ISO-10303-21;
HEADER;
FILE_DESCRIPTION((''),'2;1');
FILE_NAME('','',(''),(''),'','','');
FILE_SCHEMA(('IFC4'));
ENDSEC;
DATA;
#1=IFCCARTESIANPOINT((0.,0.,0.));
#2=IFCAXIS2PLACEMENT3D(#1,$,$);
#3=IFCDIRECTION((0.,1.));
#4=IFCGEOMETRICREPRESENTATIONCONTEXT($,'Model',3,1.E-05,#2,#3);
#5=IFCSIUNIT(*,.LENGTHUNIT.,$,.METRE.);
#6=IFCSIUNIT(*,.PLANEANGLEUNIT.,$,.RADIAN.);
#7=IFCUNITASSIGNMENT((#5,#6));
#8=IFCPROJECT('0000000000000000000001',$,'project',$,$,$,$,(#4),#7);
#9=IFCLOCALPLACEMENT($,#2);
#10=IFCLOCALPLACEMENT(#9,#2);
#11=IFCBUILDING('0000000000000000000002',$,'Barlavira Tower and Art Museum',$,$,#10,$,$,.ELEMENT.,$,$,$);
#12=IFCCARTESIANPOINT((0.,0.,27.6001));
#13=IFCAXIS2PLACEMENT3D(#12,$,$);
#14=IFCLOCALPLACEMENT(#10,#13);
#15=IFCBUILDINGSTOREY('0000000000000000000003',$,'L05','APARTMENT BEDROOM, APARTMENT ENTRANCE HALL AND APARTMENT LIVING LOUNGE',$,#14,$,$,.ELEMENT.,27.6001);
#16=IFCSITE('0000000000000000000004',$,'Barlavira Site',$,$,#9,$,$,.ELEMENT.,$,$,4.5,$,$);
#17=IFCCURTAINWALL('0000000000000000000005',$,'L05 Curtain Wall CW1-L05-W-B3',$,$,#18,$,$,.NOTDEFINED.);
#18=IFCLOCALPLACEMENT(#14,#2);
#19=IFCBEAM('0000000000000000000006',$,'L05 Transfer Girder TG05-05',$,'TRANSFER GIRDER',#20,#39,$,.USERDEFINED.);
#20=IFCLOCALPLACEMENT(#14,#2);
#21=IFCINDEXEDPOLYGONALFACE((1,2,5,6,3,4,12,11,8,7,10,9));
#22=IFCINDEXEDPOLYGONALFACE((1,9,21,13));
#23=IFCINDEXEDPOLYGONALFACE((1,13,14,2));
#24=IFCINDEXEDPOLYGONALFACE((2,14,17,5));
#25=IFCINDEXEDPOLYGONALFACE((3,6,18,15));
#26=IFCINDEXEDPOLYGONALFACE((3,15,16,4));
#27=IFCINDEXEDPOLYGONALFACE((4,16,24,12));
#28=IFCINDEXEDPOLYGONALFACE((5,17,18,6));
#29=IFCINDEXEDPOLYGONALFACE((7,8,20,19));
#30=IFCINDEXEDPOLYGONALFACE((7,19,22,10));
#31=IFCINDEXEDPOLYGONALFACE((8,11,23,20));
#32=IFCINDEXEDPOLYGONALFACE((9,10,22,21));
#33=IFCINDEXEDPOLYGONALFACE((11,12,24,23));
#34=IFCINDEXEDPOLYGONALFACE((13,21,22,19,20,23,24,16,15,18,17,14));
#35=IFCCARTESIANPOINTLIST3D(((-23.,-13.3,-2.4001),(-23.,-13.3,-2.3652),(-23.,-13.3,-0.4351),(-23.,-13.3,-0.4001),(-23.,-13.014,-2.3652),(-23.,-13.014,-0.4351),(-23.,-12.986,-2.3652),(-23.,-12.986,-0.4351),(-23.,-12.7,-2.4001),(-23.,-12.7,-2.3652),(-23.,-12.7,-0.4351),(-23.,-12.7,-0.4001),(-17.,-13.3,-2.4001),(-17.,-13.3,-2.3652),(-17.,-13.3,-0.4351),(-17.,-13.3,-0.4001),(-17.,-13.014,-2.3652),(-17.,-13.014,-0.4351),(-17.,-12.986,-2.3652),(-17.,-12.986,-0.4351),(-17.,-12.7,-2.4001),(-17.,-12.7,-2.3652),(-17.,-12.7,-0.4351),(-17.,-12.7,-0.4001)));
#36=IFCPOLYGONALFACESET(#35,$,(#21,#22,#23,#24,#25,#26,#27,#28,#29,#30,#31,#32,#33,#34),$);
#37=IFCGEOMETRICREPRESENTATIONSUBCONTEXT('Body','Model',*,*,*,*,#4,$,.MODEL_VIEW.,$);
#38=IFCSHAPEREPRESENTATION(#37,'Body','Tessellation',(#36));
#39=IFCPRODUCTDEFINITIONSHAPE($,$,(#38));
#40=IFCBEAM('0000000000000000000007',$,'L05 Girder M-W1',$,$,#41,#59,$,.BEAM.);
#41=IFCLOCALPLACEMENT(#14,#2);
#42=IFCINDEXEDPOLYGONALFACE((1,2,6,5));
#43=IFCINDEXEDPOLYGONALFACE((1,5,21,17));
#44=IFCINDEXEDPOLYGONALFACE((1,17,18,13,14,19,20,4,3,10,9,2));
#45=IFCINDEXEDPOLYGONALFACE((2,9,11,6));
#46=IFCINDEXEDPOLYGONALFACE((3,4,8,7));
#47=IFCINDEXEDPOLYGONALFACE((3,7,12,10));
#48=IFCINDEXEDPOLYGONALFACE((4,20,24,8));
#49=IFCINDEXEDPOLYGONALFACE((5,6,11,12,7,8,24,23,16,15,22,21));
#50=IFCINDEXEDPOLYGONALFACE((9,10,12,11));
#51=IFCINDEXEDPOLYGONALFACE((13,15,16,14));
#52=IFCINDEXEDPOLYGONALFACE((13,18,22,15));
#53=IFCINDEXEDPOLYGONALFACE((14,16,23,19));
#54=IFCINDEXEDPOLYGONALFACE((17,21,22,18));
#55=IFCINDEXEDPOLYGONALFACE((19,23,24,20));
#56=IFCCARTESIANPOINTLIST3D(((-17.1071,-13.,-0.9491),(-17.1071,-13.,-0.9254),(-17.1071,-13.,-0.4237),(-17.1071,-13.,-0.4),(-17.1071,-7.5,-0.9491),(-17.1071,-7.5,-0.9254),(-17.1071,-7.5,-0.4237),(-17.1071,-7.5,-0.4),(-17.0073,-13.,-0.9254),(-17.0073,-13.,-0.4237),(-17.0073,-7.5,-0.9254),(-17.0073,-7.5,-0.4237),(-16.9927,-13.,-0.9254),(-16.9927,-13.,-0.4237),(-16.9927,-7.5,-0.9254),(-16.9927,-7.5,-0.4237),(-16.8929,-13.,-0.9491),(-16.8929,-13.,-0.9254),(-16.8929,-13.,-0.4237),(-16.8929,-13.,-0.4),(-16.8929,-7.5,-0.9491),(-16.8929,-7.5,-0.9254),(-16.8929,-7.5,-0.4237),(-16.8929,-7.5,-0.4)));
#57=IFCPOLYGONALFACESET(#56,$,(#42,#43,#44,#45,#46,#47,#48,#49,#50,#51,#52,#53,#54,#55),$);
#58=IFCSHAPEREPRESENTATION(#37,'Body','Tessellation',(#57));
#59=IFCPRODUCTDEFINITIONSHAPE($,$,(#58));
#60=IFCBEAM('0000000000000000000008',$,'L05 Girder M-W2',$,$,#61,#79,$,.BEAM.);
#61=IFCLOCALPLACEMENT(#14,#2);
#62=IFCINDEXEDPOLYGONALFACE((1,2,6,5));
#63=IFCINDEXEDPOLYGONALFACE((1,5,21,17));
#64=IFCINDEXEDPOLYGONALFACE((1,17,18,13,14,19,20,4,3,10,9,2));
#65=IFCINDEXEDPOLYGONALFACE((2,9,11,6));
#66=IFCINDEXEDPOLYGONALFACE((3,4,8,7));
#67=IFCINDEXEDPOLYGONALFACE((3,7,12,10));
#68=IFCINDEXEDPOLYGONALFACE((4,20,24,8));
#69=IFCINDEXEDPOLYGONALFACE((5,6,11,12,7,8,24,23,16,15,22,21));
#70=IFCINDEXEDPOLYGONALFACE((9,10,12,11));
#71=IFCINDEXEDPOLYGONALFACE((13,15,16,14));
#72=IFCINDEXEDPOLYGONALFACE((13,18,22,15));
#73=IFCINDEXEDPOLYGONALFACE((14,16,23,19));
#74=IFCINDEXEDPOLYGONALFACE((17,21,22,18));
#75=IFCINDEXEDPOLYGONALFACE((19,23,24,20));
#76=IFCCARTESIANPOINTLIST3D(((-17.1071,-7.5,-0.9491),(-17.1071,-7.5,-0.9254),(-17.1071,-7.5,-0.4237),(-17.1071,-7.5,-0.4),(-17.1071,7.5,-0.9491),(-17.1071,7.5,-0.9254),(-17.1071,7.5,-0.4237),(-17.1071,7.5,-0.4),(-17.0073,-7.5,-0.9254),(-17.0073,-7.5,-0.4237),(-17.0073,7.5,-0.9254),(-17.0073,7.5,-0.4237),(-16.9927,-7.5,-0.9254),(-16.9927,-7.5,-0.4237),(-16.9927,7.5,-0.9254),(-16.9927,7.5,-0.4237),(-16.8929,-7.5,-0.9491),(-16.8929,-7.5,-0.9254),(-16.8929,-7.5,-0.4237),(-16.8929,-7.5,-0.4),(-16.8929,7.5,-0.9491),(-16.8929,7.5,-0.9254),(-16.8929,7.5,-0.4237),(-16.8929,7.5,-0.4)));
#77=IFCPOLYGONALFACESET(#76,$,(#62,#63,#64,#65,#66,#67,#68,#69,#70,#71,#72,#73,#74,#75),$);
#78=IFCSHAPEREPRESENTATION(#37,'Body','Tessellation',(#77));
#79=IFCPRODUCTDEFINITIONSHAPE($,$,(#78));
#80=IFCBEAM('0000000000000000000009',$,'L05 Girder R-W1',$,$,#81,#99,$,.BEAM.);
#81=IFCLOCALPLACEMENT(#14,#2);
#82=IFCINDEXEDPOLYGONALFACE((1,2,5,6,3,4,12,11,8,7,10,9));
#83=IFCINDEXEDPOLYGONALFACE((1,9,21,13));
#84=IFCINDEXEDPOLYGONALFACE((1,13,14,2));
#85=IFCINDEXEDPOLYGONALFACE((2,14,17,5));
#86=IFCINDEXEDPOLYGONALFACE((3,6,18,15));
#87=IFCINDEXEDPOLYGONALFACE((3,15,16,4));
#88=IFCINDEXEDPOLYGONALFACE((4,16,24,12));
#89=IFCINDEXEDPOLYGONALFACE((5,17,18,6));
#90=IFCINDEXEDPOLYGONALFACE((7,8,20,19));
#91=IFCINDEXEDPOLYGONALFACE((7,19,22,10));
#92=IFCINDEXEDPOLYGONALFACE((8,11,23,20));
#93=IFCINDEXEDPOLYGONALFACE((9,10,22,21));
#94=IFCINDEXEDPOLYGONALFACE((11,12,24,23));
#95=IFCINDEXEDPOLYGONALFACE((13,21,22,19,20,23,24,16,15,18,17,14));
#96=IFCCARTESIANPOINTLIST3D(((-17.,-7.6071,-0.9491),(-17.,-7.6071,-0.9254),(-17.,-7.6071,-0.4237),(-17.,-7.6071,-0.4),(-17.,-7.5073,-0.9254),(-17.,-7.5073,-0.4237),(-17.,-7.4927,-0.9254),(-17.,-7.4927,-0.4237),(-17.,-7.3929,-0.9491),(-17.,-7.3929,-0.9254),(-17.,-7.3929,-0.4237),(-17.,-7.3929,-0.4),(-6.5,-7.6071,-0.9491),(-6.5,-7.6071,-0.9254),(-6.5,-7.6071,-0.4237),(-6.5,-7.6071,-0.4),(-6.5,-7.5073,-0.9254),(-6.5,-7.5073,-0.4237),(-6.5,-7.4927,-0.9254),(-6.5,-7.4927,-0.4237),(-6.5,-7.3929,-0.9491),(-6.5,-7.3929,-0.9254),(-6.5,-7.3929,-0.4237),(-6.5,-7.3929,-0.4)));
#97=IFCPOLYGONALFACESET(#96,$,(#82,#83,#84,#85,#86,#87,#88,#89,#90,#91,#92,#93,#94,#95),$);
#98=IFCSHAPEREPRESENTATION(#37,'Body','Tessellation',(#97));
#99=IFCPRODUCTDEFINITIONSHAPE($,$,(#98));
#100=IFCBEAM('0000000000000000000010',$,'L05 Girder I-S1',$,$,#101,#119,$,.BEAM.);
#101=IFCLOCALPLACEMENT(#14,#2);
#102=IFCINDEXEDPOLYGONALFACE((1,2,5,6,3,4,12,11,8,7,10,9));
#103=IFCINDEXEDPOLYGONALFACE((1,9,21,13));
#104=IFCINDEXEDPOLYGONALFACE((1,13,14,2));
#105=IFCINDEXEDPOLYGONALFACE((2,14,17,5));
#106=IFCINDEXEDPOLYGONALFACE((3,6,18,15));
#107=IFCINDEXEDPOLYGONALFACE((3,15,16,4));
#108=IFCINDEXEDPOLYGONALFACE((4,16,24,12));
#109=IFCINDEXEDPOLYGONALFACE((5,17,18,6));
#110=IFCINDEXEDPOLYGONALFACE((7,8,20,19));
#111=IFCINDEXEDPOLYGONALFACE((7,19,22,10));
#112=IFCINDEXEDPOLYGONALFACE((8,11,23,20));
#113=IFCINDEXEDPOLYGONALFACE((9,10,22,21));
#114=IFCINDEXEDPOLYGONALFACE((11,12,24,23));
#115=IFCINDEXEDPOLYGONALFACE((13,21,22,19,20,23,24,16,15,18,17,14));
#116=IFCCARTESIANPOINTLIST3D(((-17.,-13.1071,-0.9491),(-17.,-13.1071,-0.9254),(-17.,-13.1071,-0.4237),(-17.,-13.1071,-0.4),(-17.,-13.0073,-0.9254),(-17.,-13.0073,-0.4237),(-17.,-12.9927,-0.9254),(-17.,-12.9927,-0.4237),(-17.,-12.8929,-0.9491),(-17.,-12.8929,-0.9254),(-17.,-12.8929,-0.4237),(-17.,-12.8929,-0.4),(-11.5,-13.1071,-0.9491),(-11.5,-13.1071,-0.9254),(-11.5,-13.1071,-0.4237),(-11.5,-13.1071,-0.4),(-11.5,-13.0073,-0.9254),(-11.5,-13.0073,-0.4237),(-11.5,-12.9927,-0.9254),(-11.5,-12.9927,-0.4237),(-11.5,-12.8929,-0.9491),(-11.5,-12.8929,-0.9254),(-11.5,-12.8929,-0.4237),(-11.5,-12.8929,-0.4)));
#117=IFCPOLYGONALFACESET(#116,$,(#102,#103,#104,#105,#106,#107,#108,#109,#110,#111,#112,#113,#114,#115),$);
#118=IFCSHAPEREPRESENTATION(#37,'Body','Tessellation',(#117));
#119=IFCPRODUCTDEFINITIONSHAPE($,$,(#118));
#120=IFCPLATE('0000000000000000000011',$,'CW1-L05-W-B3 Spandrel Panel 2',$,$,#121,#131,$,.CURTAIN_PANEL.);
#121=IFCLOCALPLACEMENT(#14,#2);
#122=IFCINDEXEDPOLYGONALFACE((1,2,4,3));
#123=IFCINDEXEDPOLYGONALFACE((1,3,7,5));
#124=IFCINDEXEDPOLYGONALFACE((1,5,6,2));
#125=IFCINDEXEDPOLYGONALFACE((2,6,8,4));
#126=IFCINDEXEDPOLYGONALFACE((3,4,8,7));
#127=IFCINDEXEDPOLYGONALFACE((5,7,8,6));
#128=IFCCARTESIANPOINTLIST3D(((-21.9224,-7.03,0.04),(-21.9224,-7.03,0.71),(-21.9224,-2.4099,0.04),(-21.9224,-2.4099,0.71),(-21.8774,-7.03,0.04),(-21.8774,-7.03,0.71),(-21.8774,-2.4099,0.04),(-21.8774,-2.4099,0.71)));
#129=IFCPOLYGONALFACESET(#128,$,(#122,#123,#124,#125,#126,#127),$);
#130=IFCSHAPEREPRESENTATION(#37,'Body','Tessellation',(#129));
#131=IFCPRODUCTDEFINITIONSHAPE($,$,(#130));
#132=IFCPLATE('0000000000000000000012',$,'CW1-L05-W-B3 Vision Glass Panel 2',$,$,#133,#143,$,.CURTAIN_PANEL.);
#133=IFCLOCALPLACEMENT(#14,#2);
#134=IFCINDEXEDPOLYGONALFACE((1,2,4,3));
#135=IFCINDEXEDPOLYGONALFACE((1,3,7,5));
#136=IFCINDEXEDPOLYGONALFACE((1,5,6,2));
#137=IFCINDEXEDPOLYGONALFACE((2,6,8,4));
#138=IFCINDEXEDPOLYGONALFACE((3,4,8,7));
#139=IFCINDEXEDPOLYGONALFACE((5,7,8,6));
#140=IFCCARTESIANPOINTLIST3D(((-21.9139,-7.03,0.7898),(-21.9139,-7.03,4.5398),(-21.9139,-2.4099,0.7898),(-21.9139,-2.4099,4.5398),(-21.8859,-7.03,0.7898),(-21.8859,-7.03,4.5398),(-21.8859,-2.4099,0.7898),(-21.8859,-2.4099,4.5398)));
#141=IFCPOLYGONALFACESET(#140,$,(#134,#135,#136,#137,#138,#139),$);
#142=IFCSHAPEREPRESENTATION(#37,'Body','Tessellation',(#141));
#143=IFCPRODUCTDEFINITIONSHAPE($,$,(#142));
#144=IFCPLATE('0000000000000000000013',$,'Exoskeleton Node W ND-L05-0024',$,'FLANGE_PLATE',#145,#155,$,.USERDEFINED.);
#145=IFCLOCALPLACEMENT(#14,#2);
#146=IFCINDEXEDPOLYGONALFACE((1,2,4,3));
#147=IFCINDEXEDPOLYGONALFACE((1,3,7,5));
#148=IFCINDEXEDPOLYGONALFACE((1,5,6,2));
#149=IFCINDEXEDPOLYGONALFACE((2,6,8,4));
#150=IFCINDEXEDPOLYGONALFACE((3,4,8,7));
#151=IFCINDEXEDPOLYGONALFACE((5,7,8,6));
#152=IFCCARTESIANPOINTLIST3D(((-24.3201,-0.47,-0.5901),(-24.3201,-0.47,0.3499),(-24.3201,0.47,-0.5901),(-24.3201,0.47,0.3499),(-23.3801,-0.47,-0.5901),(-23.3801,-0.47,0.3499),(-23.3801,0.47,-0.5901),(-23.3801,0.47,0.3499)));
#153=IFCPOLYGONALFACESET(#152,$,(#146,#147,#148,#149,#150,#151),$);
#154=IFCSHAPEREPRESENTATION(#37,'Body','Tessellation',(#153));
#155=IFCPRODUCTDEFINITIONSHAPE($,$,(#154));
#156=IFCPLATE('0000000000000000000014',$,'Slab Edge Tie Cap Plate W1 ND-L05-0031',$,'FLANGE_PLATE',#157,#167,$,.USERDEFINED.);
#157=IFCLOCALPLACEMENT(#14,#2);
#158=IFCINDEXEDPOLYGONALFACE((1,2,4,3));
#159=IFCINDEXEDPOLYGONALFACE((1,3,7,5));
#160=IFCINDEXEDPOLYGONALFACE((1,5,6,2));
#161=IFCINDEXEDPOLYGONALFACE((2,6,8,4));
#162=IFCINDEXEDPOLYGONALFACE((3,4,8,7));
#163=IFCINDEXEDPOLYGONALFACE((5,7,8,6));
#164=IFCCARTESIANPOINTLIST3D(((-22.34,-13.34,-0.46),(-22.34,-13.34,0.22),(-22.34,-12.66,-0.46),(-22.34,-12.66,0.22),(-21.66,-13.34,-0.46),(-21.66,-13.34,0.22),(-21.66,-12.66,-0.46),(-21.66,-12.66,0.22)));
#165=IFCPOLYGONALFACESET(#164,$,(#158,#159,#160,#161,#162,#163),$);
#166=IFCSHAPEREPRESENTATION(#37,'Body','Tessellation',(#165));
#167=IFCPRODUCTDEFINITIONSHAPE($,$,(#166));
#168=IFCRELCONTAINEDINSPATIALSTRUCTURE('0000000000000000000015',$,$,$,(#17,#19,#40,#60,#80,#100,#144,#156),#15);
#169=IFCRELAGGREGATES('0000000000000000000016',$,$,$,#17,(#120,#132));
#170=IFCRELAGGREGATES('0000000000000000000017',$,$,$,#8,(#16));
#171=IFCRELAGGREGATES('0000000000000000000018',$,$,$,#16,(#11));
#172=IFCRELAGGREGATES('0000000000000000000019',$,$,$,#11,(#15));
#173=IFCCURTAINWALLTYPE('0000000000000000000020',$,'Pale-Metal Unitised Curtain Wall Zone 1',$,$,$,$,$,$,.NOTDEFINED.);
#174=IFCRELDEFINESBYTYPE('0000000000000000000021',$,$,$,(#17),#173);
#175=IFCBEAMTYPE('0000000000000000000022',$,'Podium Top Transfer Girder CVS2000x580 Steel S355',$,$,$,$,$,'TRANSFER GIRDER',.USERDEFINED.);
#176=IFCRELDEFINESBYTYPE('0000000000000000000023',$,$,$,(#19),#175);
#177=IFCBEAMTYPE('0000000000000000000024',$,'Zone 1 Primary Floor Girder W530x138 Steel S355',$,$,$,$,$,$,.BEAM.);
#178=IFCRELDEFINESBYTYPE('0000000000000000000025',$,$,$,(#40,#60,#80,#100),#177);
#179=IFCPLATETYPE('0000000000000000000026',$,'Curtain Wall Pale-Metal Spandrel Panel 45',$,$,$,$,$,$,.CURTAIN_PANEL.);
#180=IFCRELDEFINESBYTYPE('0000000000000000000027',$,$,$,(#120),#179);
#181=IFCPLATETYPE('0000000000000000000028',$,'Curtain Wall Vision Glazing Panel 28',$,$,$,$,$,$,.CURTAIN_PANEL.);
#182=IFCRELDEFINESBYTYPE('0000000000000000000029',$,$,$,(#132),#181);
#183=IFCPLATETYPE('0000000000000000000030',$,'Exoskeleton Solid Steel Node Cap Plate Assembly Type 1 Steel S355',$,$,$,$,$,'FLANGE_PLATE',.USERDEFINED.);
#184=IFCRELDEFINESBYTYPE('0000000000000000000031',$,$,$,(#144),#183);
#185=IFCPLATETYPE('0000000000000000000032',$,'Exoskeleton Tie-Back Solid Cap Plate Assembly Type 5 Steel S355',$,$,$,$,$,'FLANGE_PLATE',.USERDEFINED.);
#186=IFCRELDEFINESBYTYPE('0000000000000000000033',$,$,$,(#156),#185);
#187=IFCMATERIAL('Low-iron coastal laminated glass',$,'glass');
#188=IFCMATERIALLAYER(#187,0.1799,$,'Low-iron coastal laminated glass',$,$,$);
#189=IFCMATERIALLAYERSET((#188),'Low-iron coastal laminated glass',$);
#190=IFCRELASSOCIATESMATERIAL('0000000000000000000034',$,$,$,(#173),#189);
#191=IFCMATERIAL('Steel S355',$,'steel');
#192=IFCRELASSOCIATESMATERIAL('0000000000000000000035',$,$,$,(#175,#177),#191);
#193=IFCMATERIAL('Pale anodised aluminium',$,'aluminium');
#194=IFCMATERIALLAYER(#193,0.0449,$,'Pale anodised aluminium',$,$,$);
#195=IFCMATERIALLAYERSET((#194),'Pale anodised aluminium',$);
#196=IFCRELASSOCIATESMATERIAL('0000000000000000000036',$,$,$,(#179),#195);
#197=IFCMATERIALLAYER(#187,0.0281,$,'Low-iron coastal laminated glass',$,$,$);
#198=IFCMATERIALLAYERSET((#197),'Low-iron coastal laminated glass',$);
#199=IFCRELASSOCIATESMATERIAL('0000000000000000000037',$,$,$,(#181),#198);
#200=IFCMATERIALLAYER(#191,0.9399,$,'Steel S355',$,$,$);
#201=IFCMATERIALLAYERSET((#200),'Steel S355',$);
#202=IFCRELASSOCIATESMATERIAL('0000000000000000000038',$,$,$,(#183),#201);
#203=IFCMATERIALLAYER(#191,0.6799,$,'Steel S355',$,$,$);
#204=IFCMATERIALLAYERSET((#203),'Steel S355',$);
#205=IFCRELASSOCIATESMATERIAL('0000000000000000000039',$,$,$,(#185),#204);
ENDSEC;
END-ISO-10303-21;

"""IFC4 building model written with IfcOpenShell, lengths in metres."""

from ifc_helpers import new_model, si_unit, direction, frame, origin, origin_2d, place, context, subcontext, project, spatial, rectangle, i_section, extrude, material, layer, layer_set, material_profile, profile_set, type_object, element, aggregate, save


model = new_model("IFC4")

# Units and contexts
model_context = context("Model", 3, precision=1e-05, world=origin(), true_north=direction((0.0, 1.0)))
body_context = subcontext(model_context, "Body", "Model", "MODEL_VIEW")
ifc_project = project(units=[si_unit("LENGTHUNIT", "METRE"), si_unit("PLANEANGLEUNIT", "RADIAN")], contexts=[model_context])

# Site, building, storey
site_placement = place(None, origin())
site = spatial("IfcSite", under=ifc_project, at=site_placement, Name="Barlavira Site", CompositionType="ELEMENT", RefElevation=4.5)
building_placement = place(site_placement, origin())
building = spatial("IfcBuilding", under=site, at=building_placement, Name="Barlavira Tower and Art Museum", CompositionType="ELEMENT")
storey_placement = place(building_placement, frame((0.0, 0.0, 27.6001)))
storey = spatial("IfcBuildingStorey", under=building, at=storey_placement, Name="L05", Description="APARTMENT BEDROOM, APARTMENT ENTRANCE HALL AND APARTMENT LIVING LOUNGE", CompositionType="ELEMENT", Elevation=27.6001)

# Curtain wall
ifc_material_1 = material(Name="Low-iron coastal laminated glass", Category="glass")
ifc_layer_1 = layer(ifc_material_1, 0.1799, Name="Low-iron coastal laminated glass")
ifc_layer_set_1 = layer_set([ifc_layer_1], Name="Low-iron coastal laminated glass")
curtain_wall_type = type_object("IfcCurtainWallType", Name="Pale-Metal Unitised Curtain Wall Zone 1", PredefinedType="NOTDEFINED", material=ifc_layer_set_1)
curtain_wall_placement = place(storey_placement, origin())
curtain_wall = element("IfcCurtainWall", 1, at=curtain_wall_placement, inside=storey, type_object=curtain_wall_type, Name="L05 Curtain Wall CW1-L05-W-B3", PredefinedType="NOTDEFINED")
ifc_material_2 = material(Name="Pale anodised aluminium", Category="aluminium")

# Shared definitions
ifc_material_3 = material(Name="Steel S355", Category="steel")

# Beams
ifc_material_profile_1 = material_profile(ifc_material_3, i_section(OverallWidth=0.6001, OverallDepth=2.0, WebThickness=0.0281, FlangeThickness=0.0349, at=origin_2d()), Name="CVS2000x580")
ifc_profile_set_1 = profile_set([ifc_material_profile_1], Name="Steel S355")
beam_type_1 = type_object("IfcBeamType", Name="Podium Top Transfer Girder CVS2000x580 Steel S355", ElementType="TRANSFER GIRDER", PredefinedType="USERDEFINED", material=ifc_profile_set_1)
beam_1_placement = place(storey_placement, frame((-23.0, -13.0, -1.4001), z_axis=(1.0, 0.0, 0.0), x_axis=(0.0, 1.0, 0.0)))
element("IfcBeam", 2, at=beam_1_placement, inside=storey, type_object=beam_type_1, Name="L05 Transfer Girder TG05-05", ObjectType="TRANSFER GIRDER", PredefinedType="USERDEFINED", context=body_context, shape_type="SweptSolid", body=[
    extrude(i_section(OverallWidth=0.6001, OverallDepth=2.0, WebThickness=0.0281, FlangeThickness=0.0349, at=origin_2d()), origin(), (0.0, 0.0, 1.0), 6.0),
])
ifc_material_profile_2 = material_profile(ifc_material_3, i_section(OverallWidth=0.2141, OverallDepth=0.5491, WebThickness=0.0146, FlangeThickness=0.0237, at=origin_2d()), Name="W530x138.0")
ifc_profile_set_2 = profile_set([ifc_material_profile_2], Name="Steel S355")
beam_type_2 = type_object("IfcBeamType", Name="Zone 1 Primary Floor Girder W530x138 Steel S355", PredefinedType="BEAM", material=ifc_profile_set_2)
beam_2_placement = place(storey_placement, frame((-17.0, -13.0, -0.6746), z_axis=(0.0, 1.0, 0.0), x_axis=(-1.0, 0.0, 0.0)))
element("IfcBeam", 3, at=beam_2_placement, inside=storey, type_object=beam_type_2, Name="L05 Girder M-W1", PredefinedType="BEAM", context=body_context, shape_type="SweptSolid", body=[
    extrude(i_section(OverallWidth=0.2141, OverallDepth=0.5491, WebThickness=0.0146, FlangeThickness=0.0237, at=origin_2d()), origin(), (0.0, 0.0, 1.0), 5.5),
])
beam_3_placement = place(storey_placement, frame((-17.0, -7.5, -0.6746), z_axis=(0.0, 1.0, 0.0), x_axis=(-1.0, 0.0, 0.0)))
element("IfcBeam", 4, at=beam_3_placement, inside=storey, type_object=beam_type_2, Name="L05 Girder M-W2", PredefinedType="BEAM", context=body_context, shape_type="SweptSolid", body=[
    extrude(i_section(OverallWidth=0.2141, OverallDepth=0.5491, WebThickness=0.0146, FlangeThickness=0.0237, at=origin_2d()), origin(), (0.0, 0.0, 1.0), 15.0),
])
beam_4_placement = place(storey_placement, frame((-17.0, -7.5, -0.6746), z_axis=(1.0, 0.0, 0.0), x_axis=(0.0, 1.0, 0.0)))
element("IfcBeam", 5, at=beam_4_placement, inside=storey, type_object=beam_type_2, Name="L05 Girder R-W1", PredefinedType="BEAM", context=body_context, shape_type="SweptSolid", body=[
    extrude(i_section(OverallWidth=0.2141, OverallDepth=0.5491, WebThickness=0.0146, FlangeThickness=0.0237, at=origin_2d()), origin(), (0.0, 0.0, 1.0), 10.5),
])
beam_5_placement = place(storey_placement, frame((-17.0, -13.0, -0.6746), z_axis=(1.0, 0.0, 0.0), x_axis=(0.0, 1.0, 0.0)))
element("IfcBeam", 6, at=beam_5_placement, inside=storey, type_object=beam_type_2, Name="L05 Girder I-S1", PredefinedType="BEAM", context=body_context, shape_type="SweptSolid", body=[
    extrude(i_section(OverallWidth=0.2141, OverallDepth=0.5491, WebThickness=0.0146, FlangeThickness=0.0237, at=origin_2d()), origin(), (0.0, 0.0, 1.0), 5.5),
])

# Plates
ifc_layer_2 = layer(ifc_material_2, 0.0449, Name="Pale anodised aluminium")
ifc_layer_set_2 = layer_set([ifc_layer_2], Name="Pale anodised aluminium")
plate_type_1 = type_object("IfcPlateType", Name="Curtain Wall Pale-Metal Spandrel Panel 45", PredefinedType="CURTAIN_PANEL", material=ifc_layer_set_2)
plate_1_placement = place(storey_placement, frame((-21.8999, -4.72, 0.04), z_axis=(0.0, 0.0, 1.0), x_axis=(0.0, -1.0, 0.0)))
plate_1 = element("IfcPlate", 7, at=plate_1_placement, type_object=plate_type_1, Name="CW1-L05-W-B3 Spandrel Panel 2", PredefinedType="CURTAIN_PANEL", context=body_context, shape_type="SweptSolid", body=[
    extrude(rectangle(XDim=4.6201, YDim=0.0449, at=origin_2d()), origin(), (0.0, 0.0, 1.0), 0.6699),
])
ifc_layer_3 = layer(ifc_material_1, 0.0281, Name="Low-iron coastal laminated glass")
ifc_layer_set_3 = layer_set([ifc_layer_3], Name="Low-iron coastal laminated glass")
plate_type_2 = type_object("IfcPlateType", Name="Curtain Wall Vision Glazing Panel 28", PredefinedType="CURTAIN_PANEL", material=ifc_layer_set_3)
plate_2_placement = place(storey_placement, frame((-21.8999, -4.72, 0.7898), z_axis=(0.0, 0.0, 1.0), x_axis=(0.0, -1.0, 0.0)))
plate_2 = element("IfcPlate", 8, at=plate_2_placement, type_object=plate_type_2, Name="CW1-L05-W-B3 Vision Glass Panel 2", PredefinedType="CURTAIN_PANEL", context=body_context, shape_type="SweptSolid", body=[
    extrude(rectangle(XDim=4.6201, YDim=0.0281, at=origin_2d()), origin(), (0.0, 0.0, 1.0), 3.75),
])
aggregate(curtain_wall, [plate_1, plate_2])

# Plates
ifc_layer_4 = layer(ifc_material_3, 0.9399, Name="Steel S355")
ifc_layer_set_4 = layer_set([ifc_layer_4], Name="Steel S355")
plate_type_3 = type_object("IfcPlateType", Name="Exoskeleton Solid Steel Node Cap Plate Assembly Type 1 Steel S355", ElementType="FLANGE_PLATE", PredefinedType="USERDEFINED", material=ifc_layer_set_4)
plate_3_placement = place(storey_placement, frame((-23.8501, 0.0, -0.5901), z_axis=(0.0, 0.0, 1.0), x_axis=(1.0, 0.0, 0.0)))
element("IfcPlate", 9, at=plate_3_placement, inside=storey, type_object=plate_type_3, Name="Exoskeleton Node W ND-L05-0024", ObjectType="FLANGE_PLATE", PredefinedType="USERDEFINED", context=body_context, shape_type="SweptSolid", body=[
    extrude(rectangle(XDim=0.9399, YDim=0.9399, at=origin_2d()), origin(), (0.0, 0.0, 1.0), 0.9399),
])
ifc_layer_5 = layer(ifc_material_3, 0.6799, Name="Steel S355")
ifc_layer_set_5 = layer_set([ifc_layer_5], Name="Steel S355")
plate_type_4 = type_object("IfcPlateType", Name="Exoskeleton Tie-Back Solid Cap Plate Assembly Type 5 Steel S355", ElementType="FLANGE_PLATE", PredefinedType="USERDEFINED", material=ifc_layer_set_5)
plate_4_placement = place(storey_placement, frame((-22.0, -13.0, -0.46), z_axis=(0.0, 0.0, 1.0), x_axis=(1.0, 0.0, 0.0)))
element("IfcPlate", 10, at=plate_4_placement, inside=storey, type_object=plate_type_4, Name="Slab Edge Tie Cap Plate W1 ND-L05-0031", ObjectType="FLANGE_PLATE", PredefinedType="USERDEFINED", context=body_context, shape_type="SweptSolid", body=[
    extrude(rectangle(XDim=0.6799, YDim=0.6799, at=origin_2d()), origin(), (0.0, 0.0, 1.0), 0.6799),
])

save(model, "model.ifc")
